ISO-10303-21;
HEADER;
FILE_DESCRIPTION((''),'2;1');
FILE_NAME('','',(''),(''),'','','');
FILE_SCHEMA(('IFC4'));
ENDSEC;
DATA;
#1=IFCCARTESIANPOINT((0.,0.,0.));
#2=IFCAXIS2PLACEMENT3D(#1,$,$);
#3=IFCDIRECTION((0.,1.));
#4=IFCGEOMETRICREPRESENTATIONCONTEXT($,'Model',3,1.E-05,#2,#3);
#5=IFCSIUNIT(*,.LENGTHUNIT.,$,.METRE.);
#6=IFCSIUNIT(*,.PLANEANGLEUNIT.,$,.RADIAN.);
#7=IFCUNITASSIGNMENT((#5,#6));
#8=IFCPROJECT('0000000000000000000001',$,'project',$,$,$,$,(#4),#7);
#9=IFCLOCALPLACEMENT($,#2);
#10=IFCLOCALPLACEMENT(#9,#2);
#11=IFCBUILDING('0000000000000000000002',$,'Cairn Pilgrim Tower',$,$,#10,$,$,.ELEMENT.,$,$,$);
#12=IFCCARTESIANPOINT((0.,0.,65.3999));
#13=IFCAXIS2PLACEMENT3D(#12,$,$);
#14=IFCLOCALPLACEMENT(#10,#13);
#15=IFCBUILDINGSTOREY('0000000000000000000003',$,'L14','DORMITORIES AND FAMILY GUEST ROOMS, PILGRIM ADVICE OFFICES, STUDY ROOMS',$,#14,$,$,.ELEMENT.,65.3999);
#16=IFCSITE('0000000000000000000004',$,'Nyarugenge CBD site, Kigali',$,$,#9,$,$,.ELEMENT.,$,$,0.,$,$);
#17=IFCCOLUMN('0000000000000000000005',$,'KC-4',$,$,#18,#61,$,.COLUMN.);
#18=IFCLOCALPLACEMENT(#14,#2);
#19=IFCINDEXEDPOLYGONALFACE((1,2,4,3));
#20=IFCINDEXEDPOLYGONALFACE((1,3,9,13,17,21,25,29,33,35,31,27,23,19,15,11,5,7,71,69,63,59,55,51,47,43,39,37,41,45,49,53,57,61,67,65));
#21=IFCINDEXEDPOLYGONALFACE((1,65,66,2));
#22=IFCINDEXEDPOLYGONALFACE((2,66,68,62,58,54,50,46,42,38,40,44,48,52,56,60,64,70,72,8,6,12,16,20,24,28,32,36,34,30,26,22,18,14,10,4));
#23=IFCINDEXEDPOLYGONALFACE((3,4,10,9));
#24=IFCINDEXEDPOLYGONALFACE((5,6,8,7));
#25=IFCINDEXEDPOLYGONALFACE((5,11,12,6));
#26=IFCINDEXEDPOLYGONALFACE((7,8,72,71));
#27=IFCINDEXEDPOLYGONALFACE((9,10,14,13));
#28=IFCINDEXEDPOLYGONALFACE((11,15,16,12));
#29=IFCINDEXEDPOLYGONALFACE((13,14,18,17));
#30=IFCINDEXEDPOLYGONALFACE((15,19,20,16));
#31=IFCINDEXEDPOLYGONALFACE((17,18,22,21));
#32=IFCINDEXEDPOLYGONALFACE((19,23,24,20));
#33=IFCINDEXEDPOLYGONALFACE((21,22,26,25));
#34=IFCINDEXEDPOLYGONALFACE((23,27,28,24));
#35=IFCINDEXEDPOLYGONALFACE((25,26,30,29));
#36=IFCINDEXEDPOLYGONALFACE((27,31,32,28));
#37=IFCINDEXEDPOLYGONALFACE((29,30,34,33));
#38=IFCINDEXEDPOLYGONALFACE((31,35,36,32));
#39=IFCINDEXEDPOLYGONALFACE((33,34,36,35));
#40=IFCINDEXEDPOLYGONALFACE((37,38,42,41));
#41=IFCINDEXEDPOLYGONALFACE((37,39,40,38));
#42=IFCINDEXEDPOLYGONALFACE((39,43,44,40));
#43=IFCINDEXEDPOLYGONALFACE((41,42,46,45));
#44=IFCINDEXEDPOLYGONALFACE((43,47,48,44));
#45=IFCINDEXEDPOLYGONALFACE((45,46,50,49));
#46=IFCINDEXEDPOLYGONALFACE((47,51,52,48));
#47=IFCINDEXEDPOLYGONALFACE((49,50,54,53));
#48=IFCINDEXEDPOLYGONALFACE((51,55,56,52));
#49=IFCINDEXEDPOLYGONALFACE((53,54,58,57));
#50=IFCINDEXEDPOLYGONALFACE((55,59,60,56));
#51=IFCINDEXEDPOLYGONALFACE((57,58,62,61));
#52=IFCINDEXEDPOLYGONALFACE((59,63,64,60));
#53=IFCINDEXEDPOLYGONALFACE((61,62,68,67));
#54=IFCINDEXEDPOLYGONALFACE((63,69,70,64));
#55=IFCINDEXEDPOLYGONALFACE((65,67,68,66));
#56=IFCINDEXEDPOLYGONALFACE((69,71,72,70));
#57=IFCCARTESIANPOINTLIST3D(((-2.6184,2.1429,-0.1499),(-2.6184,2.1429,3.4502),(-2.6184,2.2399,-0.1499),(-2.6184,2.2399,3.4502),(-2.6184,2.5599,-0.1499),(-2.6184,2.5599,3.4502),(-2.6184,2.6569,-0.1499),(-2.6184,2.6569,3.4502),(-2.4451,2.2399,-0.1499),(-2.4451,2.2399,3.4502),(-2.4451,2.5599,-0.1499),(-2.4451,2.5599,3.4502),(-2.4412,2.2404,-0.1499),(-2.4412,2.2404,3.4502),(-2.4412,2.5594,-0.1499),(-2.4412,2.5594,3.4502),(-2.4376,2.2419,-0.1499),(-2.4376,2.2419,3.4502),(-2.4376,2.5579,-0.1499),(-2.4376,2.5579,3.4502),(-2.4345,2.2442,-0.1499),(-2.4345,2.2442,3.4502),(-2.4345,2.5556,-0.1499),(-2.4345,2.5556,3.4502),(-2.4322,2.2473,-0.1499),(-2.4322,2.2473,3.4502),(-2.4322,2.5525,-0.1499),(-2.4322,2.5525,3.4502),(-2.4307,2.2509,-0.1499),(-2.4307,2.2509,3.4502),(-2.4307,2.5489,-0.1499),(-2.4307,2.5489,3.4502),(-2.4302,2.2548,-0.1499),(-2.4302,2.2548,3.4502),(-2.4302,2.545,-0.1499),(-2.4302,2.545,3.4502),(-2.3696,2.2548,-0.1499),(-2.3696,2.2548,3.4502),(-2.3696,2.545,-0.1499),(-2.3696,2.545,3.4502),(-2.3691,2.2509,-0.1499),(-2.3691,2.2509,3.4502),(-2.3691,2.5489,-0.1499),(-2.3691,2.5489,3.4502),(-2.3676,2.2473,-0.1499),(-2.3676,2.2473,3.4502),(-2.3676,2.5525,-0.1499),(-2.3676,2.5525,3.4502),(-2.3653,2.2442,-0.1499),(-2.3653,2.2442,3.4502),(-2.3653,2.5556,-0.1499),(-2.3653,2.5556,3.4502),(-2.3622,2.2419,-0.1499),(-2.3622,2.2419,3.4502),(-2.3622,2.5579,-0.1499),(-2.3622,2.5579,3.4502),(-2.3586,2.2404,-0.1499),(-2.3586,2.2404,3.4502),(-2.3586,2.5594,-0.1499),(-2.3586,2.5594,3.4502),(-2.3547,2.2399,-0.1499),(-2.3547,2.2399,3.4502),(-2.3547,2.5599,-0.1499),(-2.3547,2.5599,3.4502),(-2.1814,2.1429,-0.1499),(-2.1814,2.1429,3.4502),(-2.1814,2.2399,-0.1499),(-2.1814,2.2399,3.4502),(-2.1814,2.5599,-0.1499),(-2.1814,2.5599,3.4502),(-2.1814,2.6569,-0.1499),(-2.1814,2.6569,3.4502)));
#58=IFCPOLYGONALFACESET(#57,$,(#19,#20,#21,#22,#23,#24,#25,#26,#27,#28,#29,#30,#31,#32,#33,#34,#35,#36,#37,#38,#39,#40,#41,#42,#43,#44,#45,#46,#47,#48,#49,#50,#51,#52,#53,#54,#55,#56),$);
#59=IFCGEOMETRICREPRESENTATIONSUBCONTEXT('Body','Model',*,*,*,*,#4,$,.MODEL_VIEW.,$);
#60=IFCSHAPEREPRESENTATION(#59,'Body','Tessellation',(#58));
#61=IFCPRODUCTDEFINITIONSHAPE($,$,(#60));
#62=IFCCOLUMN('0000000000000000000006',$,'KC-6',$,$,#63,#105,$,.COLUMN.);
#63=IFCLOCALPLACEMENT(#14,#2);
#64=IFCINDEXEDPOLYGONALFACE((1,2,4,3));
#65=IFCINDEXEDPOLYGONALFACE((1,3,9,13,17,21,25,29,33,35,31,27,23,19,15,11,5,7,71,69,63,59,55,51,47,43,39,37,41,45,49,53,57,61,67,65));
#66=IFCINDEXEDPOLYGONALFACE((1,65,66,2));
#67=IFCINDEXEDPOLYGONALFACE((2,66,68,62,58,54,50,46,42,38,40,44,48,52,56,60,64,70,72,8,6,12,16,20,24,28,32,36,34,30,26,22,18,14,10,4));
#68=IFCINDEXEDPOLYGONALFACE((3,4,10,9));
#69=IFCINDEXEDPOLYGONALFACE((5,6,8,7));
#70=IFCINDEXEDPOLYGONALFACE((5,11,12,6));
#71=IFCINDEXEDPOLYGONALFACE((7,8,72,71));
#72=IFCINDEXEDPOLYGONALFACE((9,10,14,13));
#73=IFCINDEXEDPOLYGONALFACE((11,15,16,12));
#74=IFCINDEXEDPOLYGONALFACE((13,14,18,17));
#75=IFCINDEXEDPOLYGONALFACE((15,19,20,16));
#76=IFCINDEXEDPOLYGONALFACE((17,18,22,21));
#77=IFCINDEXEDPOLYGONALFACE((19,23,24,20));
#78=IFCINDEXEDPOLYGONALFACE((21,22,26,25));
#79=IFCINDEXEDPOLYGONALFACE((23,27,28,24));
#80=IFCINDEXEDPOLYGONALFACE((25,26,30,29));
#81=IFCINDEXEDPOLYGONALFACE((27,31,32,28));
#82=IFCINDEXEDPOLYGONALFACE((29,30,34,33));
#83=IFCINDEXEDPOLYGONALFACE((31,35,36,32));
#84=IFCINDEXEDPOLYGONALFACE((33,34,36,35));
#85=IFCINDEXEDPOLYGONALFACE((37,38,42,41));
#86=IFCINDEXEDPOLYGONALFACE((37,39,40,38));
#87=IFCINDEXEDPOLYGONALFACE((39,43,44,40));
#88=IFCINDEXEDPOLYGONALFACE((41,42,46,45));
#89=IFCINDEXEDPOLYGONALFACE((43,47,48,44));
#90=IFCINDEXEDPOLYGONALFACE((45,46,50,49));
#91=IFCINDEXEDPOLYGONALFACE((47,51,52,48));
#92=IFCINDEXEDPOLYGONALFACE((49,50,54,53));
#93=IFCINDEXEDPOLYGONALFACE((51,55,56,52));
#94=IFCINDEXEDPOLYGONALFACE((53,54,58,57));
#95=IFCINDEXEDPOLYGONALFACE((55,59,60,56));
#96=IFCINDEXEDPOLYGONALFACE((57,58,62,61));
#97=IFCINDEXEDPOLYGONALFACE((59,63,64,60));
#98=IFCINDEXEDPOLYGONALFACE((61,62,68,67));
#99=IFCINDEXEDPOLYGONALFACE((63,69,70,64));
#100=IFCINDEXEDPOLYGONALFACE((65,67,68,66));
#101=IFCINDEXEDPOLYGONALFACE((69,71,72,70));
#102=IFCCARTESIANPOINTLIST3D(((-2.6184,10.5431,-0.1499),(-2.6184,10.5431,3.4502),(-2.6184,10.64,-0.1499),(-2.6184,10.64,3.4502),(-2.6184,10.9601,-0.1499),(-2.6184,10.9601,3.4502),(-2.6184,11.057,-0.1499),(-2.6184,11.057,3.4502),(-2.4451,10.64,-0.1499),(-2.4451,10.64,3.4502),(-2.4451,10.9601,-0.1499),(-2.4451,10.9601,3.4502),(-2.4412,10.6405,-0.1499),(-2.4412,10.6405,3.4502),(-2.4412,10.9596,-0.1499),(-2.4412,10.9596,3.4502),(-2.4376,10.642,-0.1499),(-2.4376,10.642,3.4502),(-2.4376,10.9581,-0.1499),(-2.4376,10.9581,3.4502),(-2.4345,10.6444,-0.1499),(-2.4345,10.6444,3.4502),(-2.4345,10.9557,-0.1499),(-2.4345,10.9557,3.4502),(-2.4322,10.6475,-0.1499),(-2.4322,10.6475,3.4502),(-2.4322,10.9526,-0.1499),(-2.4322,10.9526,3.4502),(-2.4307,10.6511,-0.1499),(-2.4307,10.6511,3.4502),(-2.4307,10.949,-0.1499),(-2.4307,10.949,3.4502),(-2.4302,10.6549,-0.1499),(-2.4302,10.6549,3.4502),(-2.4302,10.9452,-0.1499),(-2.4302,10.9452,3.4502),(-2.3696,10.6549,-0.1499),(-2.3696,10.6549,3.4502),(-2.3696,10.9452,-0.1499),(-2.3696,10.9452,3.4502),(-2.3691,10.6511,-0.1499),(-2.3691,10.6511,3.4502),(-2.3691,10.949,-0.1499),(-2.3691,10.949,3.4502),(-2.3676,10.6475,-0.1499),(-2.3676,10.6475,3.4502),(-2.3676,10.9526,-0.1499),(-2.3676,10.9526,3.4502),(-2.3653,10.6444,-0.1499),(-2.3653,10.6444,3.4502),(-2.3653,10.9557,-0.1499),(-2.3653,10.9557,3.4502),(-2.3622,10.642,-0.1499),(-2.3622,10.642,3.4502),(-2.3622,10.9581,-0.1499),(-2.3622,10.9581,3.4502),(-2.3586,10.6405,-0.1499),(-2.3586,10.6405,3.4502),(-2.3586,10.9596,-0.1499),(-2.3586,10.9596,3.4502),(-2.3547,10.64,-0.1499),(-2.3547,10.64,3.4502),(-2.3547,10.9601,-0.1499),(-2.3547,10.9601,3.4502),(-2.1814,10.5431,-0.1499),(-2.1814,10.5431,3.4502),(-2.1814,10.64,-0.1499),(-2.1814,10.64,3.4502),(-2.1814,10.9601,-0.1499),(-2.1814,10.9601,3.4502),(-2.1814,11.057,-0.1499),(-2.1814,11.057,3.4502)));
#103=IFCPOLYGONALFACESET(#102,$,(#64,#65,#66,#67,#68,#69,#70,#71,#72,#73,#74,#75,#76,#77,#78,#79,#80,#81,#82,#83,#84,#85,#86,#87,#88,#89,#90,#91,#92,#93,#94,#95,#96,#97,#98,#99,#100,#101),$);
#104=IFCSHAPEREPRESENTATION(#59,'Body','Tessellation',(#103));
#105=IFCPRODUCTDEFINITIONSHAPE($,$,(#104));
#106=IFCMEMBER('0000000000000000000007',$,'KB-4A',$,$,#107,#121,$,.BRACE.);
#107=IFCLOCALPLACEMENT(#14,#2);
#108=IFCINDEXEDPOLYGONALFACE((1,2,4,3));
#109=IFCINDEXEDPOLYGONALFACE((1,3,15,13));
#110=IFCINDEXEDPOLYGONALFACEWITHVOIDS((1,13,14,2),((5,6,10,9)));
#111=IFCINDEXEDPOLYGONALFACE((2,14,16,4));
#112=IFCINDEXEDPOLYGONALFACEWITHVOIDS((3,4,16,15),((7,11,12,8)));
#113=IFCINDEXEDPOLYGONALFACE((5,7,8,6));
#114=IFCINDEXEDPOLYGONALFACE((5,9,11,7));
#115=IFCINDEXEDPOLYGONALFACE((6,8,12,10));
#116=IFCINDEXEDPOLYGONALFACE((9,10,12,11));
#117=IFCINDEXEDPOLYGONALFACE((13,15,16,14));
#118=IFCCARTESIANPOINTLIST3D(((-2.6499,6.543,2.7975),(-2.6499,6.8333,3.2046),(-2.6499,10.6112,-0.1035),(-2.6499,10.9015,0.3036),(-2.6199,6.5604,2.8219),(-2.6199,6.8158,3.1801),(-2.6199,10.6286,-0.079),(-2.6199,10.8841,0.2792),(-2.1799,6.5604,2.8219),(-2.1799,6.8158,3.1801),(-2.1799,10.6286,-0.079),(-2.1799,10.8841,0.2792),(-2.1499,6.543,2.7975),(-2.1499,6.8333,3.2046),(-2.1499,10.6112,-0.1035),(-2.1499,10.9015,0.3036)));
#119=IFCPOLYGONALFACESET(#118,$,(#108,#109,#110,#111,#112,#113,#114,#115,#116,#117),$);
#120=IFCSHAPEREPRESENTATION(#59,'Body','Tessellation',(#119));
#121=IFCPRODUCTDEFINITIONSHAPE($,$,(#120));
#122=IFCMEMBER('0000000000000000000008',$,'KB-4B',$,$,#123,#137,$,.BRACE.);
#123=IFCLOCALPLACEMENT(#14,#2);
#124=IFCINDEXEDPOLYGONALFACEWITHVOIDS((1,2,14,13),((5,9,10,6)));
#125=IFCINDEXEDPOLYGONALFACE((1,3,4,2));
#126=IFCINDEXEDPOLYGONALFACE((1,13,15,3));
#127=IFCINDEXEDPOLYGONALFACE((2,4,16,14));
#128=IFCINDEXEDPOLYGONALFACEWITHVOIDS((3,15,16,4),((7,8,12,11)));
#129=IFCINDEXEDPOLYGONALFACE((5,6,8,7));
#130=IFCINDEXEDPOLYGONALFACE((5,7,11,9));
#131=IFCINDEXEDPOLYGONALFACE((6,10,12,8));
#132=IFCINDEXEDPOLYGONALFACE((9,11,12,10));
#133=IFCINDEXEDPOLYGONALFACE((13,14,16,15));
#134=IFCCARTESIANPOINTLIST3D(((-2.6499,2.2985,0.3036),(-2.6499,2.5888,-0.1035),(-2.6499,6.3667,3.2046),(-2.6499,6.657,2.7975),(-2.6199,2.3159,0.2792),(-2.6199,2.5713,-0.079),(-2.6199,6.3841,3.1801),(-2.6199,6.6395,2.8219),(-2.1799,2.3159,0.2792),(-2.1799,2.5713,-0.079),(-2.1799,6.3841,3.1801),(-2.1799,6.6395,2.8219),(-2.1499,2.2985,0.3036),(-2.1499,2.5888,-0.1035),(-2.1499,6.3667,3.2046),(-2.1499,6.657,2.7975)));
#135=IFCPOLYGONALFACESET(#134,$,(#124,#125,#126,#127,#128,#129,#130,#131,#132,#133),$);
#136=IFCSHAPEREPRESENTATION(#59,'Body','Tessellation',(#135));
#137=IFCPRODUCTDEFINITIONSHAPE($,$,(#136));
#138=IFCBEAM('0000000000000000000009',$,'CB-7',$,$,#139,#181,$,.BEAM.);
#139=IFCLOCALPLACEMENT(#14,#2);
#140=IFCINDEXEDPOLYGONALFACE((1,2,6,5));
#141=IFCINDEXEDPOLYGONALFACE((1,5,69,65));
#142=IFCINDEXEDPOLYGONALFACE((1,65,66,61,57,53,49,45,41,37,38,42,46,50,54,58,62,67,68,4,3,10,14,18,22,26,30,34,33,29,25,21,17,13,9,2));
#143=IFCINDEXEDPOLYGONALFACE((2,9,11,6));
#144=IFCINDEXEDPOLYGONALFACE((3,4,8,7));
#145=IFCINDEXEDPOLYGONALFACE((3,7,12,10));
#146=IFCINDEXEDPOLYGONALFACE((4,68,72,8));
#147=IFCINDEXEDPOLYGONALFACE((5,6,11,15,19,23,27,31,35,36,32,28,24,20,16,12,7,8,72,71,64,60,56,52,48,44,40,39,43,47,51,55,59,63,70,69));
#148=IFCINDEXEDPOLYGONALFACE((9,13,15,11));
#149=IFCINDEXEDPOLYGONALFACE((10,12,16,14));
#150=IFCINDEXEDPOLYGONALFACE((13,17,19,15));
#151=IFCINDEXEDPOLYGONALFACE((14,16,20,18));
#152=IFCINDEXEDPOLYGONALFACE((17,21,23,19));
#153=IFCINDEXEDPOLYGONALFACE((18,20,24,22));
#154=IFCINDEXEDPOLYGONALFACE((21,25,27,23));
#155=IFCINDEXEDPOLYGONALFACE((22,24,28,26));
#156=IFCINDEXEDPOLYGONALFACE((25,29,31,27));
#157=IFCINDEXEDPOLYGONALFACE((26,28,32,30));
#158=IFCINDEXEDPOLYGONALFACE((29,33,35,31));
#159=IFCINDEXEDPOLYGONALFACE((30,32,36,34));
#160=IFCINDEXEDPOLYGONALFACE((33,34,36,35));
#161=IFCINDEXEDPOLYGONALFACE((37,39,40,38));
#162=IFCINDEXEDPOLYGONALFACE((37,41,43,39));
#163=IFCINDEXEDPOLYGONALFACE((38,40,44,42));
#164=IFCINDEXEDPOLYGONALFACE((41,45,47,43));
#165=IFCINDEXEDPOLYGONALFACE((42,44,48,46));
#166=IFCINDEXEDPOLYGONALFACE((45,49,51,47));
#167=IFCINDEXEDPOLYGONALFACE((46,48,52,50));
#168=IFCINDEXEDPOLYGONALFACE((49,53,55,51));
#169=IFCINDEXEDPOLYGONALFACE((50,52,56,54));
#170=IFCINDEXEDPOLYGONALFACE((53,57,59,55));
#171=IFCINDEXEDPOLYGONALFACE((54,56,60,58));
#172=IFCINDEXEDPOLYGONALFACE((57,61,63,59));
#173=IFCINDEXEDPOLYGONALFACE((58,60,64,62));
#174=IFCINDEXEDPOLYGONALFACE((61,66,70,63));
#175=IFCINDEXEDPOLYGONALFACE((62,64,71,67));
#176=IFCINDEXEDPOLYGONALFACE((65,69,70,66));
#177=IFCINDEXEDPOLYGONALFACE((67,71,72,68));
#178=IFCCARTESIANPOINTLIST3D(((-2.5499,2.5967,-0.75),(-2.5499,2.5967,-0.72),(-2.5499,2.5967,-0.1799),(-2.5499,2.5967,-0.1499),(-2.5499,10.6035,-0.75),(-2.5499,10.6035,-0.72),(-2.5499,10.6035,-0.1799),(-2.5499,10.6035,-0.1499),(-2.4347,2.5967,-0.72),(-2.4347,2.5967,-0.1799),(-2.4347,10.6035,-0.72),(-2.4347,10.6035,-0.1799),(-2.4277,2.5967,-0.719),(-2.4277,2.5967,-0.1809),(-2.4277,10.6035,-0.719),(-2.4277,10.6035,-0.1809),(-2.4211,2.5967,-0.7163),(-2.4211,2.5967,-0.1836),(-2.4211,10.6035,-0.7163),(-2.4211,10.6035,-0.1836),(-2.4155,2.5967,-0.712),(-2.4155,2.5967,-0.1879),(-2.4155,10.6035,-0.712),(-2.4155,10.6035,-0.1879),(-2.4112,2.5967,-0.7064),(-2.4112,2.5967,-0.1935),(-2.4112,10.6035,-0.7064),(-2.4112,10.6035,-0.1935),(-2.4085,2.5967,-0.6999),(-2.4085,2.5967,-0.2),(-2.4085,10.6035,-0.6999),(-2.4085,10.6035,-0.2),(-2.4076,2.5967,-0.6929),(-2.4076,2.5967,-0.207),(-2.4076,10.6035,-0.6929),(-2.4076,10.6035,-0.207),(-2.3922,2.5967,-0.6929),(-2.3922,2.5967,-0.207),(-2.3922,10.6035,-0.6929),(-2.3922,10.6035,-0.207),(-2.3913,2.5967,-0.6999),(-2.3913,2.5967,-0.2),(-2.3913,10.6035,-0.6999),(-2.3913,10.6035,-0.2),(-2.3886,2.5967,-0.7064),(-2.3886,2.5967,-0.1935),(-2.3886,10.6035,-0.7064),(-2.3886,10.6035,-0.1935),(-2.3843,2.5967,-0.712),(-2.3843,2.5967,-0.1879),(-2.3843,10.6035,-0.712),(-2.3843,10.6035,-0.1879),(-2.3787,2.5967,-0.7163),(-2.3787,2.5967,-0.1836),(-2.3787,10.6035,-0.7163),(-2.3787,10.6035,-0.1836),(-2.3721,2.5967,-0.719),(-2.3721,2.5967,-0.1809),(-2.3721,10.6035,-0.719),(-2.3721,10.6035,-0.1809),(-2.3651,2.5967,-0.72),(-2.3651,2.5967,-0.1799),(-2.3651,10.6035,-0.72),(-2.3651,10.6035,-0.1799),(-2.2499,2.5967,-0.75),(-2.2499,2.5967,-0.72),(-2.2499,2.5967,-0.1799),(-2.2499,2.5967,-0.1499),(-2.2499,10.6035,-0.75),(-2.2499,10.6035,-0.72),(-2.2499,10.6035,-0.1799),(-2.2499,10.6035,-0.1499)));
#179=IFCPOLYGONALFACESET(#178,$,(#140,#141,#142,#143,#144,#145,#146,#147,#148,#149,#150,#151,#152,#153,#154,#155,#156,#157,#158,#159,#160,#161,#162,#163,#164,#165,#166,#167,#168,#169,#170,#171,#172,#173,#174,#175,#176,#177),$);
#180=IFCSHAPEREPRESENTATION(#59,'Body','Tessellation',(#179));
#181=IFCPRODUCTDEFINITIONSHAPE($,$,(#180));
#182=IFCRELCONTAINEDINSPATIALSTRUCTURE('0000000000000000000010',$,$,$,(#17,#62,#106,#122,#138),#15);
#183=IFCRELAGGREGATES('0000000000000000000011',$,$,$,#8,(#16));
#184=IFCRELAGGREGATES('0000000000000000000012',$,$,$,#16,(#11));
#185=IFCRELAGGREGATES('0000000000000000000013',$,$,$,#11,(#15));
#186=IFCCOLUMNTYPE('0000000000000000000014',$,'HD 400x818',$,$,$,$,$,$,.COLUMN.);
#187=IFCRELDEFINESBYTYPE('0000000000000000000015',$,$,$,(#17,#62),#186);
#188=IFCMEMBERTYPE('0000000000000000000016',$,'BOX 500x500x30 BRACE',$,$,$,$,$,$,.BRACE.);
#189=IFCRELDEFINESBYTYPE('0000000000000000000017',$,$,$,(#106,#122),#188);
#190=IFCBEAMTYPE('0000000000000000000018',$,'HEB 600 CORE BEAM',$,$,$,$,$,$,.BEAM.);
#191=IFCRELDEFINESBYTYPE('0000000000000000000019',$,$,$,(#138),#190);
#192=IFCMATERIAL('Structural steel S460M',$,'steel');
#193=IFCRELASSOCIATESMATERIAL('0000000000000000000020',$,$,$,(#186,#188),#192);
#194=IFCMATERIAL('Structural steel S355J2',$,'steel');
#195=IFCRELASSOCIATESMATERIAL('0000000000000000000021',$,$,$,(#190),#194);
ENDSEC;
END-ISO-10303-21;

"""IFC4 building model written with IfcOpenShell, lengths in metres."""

from ifc_helpers import new_model, si_unit, direction, frame, origin, origin_2d, place, context, subcontext, project, spatial, hollow_rectangle, i_section, extrude, material, material_profile, profile_set, type_object, element, save


model = new_model("IFC4")

# Units and contexts
model_context = context("Model", 3, precision=1e-05, world=origin(), true_north=direction((0.0, 1.0)))
body_context = subcontext(model_context, "Body", "Model", "MODEL_VIEW")
ifc_project = project(units=[si_unit("LENGTHUNIT", "METRE"), si_unit("PLANEANGLEUNIT", "RADIAN")], contexts=[model_context])

# Site, building, storey
site_placement = place(None, origin())
site = spatial("IfcSite", under=ifc_project, at=site_placement, Name="Nyarugenge CBD site, Kigali", CompositionType="ELEMENT", RefElevation=0.0)
building_placement = place(site_placement, origin())
building = spatial("IfcBuilding", under=site, at=building_placement, Name="Cairn Pilgrim Tower", CompositionType="ELEMENT")
storey_placement = place(building_placement, frame((0.0, 0.0, 65.3999)))
storey = spatial("IfcBuildingStorey", under=building, at=storey_placement, Name="L14", Description="DORMITORIES AND FAMILY GUEST ROOMS, PILGRIM ADVICE OFFICES, STUDY ROOMS", CompositionType="ELEMENT", Elevation=65.3999)

# Columns
ifc_material_1 = material(Name="Structural steel S460M", Category="steel")
ifc_material_profile_1 = material_profile(ifc_material_1, i_section(OverallWidth=0.437, OverallDepth=0.5139, WebThickness=0.0605, FlangeThickness=0.0969, FilletRadius=0.0149, at=origin_2d()), Name="HD 400x818")
ifc_profile_set_1 = profile_set([ifc_material_profile_1], Name="Structural steel S460M")
column_type = type_object("IfcColumnType", Name="HD 400x818", PredefinedType="COLUMN", material=ifc_profile_set_1)
for number, where, z_axis, x_axis, name in (
    (1, (-2.3999, 2.3999, -0.1499), (0.0, 0.0, 1.0), (1.0, 0.0, 0.0), "KC-4"),
    (2, (-2.3999, 10.8, -0.1499), (0.0, 0.0, 1.0), (1.0, 0.0, 0.0), "KC-6"),
):
    element("IfcColumn", number, at=place(storey_placement, frame(where, z_axis=z_axis, x_axis=x_axis)), inside=storey, type_object=column_type, Name=name, PredefinedType="COLUMN", context=body_context, shape_type="SweptSolid", body=[
        extrude(i_section(OverallWidth=0.437, OverallDepth=0.5139, WebThickness=0.0605, FlangeThickness=0.0969, FilletRadius=0.0149, at=origin_2d()), origin(), (0.0, 0.0, 1.0), 3.6001),
    ])

# Members
ifc_material_profile_2 = material_profile(ifc_material_1, hollow_rectangle(XDim=0.5, YDim=0.5, WallThickness=0.03, at=origin_2d()), Name="BOX 500x500x30")
ifc_profile_set_2 = profile_set([ifc_material_profile_2], Name="Structural steel S460M")
member_type = type_object("IfcMemberType", Name="BOX 500x500x30 BRACE", PredefinedType="BRACE", material=ifc_profile_set_2)
for number, where, z_axis, x_axis, name in (
    (3, (-2.3999, 10.7563, 0.1001), (0.0, -0.814199, 0.580586), (1.0, 0.0, 0.0), "KB-4A"),
    (4, (-2.3999, 2.4436, 0.1001), (0.0, 0.814199, 0.580586), (-1.0, 0.0, 0.0), "KB-4B"),
):
    element("IfcMember", number, at=place(storey_placement, frame(where, z_axis=z_axis, x_axis=x_axis)), inside=storey, type_object=member_type, Name=name, PredefinedType="BRACE", context=body_context, shape_type="SweptSolid", body=[
        extrude(hollow_rectangle(XDim=0.5, YDim=0.5, WallThickness=0.03, at=origin_2d()), origin(), (0.0, 0.0, 1.0), 4.9966),
    ])

# Beam
ifc_material_2 = material(Name="Structural steel S355J2", Category="steel")
ifc_material_profile_3 = material_profile(ifc_material_2, i_section(OverallWidth=0.3, OverallDepth=0.6001, WebThickness=0.0154, FlangeThickness=0.03, FilletRadius=0.0271, at=origin_2d()), Name="HEB 600")
ifc_profile_set_3 = profile_set([ifc_material_profile_3], Name="Structural steel S355J2")
beam_type = type_object("IfcBeamType", Name="HEB 600 CORE BEAM", PredefinedType="BEAM", material=ifc_profile_set_3)
for number, where, z_axis, x_axis, name in (
    (5, (-2.3999, 10.6035, -0.45), (0.0, -1.0, 0.0), (1.0, 0.0, 0.0), "CB-7"),
):
    element("IfcBeam", number, at=place(storey_placement, frame(where, z_axis=z_axis, x_axis=x_axis)), inside=storey, type_object=beam_type, Name=name, PredefinedType="BEAM", context=body_context, shape_type="SweptSolid", body=[
        extrude(i_section(OverallWidth=0.3, OverallDepth=0.6001, WebThickness=0.0154, FlangeThickness=0.03, FilletRadius=0.0271, at=origin_2d()), origin(), (0.0, 0.0, 1.0), 8.0068),
    ])

save(model, "model.ifc")
